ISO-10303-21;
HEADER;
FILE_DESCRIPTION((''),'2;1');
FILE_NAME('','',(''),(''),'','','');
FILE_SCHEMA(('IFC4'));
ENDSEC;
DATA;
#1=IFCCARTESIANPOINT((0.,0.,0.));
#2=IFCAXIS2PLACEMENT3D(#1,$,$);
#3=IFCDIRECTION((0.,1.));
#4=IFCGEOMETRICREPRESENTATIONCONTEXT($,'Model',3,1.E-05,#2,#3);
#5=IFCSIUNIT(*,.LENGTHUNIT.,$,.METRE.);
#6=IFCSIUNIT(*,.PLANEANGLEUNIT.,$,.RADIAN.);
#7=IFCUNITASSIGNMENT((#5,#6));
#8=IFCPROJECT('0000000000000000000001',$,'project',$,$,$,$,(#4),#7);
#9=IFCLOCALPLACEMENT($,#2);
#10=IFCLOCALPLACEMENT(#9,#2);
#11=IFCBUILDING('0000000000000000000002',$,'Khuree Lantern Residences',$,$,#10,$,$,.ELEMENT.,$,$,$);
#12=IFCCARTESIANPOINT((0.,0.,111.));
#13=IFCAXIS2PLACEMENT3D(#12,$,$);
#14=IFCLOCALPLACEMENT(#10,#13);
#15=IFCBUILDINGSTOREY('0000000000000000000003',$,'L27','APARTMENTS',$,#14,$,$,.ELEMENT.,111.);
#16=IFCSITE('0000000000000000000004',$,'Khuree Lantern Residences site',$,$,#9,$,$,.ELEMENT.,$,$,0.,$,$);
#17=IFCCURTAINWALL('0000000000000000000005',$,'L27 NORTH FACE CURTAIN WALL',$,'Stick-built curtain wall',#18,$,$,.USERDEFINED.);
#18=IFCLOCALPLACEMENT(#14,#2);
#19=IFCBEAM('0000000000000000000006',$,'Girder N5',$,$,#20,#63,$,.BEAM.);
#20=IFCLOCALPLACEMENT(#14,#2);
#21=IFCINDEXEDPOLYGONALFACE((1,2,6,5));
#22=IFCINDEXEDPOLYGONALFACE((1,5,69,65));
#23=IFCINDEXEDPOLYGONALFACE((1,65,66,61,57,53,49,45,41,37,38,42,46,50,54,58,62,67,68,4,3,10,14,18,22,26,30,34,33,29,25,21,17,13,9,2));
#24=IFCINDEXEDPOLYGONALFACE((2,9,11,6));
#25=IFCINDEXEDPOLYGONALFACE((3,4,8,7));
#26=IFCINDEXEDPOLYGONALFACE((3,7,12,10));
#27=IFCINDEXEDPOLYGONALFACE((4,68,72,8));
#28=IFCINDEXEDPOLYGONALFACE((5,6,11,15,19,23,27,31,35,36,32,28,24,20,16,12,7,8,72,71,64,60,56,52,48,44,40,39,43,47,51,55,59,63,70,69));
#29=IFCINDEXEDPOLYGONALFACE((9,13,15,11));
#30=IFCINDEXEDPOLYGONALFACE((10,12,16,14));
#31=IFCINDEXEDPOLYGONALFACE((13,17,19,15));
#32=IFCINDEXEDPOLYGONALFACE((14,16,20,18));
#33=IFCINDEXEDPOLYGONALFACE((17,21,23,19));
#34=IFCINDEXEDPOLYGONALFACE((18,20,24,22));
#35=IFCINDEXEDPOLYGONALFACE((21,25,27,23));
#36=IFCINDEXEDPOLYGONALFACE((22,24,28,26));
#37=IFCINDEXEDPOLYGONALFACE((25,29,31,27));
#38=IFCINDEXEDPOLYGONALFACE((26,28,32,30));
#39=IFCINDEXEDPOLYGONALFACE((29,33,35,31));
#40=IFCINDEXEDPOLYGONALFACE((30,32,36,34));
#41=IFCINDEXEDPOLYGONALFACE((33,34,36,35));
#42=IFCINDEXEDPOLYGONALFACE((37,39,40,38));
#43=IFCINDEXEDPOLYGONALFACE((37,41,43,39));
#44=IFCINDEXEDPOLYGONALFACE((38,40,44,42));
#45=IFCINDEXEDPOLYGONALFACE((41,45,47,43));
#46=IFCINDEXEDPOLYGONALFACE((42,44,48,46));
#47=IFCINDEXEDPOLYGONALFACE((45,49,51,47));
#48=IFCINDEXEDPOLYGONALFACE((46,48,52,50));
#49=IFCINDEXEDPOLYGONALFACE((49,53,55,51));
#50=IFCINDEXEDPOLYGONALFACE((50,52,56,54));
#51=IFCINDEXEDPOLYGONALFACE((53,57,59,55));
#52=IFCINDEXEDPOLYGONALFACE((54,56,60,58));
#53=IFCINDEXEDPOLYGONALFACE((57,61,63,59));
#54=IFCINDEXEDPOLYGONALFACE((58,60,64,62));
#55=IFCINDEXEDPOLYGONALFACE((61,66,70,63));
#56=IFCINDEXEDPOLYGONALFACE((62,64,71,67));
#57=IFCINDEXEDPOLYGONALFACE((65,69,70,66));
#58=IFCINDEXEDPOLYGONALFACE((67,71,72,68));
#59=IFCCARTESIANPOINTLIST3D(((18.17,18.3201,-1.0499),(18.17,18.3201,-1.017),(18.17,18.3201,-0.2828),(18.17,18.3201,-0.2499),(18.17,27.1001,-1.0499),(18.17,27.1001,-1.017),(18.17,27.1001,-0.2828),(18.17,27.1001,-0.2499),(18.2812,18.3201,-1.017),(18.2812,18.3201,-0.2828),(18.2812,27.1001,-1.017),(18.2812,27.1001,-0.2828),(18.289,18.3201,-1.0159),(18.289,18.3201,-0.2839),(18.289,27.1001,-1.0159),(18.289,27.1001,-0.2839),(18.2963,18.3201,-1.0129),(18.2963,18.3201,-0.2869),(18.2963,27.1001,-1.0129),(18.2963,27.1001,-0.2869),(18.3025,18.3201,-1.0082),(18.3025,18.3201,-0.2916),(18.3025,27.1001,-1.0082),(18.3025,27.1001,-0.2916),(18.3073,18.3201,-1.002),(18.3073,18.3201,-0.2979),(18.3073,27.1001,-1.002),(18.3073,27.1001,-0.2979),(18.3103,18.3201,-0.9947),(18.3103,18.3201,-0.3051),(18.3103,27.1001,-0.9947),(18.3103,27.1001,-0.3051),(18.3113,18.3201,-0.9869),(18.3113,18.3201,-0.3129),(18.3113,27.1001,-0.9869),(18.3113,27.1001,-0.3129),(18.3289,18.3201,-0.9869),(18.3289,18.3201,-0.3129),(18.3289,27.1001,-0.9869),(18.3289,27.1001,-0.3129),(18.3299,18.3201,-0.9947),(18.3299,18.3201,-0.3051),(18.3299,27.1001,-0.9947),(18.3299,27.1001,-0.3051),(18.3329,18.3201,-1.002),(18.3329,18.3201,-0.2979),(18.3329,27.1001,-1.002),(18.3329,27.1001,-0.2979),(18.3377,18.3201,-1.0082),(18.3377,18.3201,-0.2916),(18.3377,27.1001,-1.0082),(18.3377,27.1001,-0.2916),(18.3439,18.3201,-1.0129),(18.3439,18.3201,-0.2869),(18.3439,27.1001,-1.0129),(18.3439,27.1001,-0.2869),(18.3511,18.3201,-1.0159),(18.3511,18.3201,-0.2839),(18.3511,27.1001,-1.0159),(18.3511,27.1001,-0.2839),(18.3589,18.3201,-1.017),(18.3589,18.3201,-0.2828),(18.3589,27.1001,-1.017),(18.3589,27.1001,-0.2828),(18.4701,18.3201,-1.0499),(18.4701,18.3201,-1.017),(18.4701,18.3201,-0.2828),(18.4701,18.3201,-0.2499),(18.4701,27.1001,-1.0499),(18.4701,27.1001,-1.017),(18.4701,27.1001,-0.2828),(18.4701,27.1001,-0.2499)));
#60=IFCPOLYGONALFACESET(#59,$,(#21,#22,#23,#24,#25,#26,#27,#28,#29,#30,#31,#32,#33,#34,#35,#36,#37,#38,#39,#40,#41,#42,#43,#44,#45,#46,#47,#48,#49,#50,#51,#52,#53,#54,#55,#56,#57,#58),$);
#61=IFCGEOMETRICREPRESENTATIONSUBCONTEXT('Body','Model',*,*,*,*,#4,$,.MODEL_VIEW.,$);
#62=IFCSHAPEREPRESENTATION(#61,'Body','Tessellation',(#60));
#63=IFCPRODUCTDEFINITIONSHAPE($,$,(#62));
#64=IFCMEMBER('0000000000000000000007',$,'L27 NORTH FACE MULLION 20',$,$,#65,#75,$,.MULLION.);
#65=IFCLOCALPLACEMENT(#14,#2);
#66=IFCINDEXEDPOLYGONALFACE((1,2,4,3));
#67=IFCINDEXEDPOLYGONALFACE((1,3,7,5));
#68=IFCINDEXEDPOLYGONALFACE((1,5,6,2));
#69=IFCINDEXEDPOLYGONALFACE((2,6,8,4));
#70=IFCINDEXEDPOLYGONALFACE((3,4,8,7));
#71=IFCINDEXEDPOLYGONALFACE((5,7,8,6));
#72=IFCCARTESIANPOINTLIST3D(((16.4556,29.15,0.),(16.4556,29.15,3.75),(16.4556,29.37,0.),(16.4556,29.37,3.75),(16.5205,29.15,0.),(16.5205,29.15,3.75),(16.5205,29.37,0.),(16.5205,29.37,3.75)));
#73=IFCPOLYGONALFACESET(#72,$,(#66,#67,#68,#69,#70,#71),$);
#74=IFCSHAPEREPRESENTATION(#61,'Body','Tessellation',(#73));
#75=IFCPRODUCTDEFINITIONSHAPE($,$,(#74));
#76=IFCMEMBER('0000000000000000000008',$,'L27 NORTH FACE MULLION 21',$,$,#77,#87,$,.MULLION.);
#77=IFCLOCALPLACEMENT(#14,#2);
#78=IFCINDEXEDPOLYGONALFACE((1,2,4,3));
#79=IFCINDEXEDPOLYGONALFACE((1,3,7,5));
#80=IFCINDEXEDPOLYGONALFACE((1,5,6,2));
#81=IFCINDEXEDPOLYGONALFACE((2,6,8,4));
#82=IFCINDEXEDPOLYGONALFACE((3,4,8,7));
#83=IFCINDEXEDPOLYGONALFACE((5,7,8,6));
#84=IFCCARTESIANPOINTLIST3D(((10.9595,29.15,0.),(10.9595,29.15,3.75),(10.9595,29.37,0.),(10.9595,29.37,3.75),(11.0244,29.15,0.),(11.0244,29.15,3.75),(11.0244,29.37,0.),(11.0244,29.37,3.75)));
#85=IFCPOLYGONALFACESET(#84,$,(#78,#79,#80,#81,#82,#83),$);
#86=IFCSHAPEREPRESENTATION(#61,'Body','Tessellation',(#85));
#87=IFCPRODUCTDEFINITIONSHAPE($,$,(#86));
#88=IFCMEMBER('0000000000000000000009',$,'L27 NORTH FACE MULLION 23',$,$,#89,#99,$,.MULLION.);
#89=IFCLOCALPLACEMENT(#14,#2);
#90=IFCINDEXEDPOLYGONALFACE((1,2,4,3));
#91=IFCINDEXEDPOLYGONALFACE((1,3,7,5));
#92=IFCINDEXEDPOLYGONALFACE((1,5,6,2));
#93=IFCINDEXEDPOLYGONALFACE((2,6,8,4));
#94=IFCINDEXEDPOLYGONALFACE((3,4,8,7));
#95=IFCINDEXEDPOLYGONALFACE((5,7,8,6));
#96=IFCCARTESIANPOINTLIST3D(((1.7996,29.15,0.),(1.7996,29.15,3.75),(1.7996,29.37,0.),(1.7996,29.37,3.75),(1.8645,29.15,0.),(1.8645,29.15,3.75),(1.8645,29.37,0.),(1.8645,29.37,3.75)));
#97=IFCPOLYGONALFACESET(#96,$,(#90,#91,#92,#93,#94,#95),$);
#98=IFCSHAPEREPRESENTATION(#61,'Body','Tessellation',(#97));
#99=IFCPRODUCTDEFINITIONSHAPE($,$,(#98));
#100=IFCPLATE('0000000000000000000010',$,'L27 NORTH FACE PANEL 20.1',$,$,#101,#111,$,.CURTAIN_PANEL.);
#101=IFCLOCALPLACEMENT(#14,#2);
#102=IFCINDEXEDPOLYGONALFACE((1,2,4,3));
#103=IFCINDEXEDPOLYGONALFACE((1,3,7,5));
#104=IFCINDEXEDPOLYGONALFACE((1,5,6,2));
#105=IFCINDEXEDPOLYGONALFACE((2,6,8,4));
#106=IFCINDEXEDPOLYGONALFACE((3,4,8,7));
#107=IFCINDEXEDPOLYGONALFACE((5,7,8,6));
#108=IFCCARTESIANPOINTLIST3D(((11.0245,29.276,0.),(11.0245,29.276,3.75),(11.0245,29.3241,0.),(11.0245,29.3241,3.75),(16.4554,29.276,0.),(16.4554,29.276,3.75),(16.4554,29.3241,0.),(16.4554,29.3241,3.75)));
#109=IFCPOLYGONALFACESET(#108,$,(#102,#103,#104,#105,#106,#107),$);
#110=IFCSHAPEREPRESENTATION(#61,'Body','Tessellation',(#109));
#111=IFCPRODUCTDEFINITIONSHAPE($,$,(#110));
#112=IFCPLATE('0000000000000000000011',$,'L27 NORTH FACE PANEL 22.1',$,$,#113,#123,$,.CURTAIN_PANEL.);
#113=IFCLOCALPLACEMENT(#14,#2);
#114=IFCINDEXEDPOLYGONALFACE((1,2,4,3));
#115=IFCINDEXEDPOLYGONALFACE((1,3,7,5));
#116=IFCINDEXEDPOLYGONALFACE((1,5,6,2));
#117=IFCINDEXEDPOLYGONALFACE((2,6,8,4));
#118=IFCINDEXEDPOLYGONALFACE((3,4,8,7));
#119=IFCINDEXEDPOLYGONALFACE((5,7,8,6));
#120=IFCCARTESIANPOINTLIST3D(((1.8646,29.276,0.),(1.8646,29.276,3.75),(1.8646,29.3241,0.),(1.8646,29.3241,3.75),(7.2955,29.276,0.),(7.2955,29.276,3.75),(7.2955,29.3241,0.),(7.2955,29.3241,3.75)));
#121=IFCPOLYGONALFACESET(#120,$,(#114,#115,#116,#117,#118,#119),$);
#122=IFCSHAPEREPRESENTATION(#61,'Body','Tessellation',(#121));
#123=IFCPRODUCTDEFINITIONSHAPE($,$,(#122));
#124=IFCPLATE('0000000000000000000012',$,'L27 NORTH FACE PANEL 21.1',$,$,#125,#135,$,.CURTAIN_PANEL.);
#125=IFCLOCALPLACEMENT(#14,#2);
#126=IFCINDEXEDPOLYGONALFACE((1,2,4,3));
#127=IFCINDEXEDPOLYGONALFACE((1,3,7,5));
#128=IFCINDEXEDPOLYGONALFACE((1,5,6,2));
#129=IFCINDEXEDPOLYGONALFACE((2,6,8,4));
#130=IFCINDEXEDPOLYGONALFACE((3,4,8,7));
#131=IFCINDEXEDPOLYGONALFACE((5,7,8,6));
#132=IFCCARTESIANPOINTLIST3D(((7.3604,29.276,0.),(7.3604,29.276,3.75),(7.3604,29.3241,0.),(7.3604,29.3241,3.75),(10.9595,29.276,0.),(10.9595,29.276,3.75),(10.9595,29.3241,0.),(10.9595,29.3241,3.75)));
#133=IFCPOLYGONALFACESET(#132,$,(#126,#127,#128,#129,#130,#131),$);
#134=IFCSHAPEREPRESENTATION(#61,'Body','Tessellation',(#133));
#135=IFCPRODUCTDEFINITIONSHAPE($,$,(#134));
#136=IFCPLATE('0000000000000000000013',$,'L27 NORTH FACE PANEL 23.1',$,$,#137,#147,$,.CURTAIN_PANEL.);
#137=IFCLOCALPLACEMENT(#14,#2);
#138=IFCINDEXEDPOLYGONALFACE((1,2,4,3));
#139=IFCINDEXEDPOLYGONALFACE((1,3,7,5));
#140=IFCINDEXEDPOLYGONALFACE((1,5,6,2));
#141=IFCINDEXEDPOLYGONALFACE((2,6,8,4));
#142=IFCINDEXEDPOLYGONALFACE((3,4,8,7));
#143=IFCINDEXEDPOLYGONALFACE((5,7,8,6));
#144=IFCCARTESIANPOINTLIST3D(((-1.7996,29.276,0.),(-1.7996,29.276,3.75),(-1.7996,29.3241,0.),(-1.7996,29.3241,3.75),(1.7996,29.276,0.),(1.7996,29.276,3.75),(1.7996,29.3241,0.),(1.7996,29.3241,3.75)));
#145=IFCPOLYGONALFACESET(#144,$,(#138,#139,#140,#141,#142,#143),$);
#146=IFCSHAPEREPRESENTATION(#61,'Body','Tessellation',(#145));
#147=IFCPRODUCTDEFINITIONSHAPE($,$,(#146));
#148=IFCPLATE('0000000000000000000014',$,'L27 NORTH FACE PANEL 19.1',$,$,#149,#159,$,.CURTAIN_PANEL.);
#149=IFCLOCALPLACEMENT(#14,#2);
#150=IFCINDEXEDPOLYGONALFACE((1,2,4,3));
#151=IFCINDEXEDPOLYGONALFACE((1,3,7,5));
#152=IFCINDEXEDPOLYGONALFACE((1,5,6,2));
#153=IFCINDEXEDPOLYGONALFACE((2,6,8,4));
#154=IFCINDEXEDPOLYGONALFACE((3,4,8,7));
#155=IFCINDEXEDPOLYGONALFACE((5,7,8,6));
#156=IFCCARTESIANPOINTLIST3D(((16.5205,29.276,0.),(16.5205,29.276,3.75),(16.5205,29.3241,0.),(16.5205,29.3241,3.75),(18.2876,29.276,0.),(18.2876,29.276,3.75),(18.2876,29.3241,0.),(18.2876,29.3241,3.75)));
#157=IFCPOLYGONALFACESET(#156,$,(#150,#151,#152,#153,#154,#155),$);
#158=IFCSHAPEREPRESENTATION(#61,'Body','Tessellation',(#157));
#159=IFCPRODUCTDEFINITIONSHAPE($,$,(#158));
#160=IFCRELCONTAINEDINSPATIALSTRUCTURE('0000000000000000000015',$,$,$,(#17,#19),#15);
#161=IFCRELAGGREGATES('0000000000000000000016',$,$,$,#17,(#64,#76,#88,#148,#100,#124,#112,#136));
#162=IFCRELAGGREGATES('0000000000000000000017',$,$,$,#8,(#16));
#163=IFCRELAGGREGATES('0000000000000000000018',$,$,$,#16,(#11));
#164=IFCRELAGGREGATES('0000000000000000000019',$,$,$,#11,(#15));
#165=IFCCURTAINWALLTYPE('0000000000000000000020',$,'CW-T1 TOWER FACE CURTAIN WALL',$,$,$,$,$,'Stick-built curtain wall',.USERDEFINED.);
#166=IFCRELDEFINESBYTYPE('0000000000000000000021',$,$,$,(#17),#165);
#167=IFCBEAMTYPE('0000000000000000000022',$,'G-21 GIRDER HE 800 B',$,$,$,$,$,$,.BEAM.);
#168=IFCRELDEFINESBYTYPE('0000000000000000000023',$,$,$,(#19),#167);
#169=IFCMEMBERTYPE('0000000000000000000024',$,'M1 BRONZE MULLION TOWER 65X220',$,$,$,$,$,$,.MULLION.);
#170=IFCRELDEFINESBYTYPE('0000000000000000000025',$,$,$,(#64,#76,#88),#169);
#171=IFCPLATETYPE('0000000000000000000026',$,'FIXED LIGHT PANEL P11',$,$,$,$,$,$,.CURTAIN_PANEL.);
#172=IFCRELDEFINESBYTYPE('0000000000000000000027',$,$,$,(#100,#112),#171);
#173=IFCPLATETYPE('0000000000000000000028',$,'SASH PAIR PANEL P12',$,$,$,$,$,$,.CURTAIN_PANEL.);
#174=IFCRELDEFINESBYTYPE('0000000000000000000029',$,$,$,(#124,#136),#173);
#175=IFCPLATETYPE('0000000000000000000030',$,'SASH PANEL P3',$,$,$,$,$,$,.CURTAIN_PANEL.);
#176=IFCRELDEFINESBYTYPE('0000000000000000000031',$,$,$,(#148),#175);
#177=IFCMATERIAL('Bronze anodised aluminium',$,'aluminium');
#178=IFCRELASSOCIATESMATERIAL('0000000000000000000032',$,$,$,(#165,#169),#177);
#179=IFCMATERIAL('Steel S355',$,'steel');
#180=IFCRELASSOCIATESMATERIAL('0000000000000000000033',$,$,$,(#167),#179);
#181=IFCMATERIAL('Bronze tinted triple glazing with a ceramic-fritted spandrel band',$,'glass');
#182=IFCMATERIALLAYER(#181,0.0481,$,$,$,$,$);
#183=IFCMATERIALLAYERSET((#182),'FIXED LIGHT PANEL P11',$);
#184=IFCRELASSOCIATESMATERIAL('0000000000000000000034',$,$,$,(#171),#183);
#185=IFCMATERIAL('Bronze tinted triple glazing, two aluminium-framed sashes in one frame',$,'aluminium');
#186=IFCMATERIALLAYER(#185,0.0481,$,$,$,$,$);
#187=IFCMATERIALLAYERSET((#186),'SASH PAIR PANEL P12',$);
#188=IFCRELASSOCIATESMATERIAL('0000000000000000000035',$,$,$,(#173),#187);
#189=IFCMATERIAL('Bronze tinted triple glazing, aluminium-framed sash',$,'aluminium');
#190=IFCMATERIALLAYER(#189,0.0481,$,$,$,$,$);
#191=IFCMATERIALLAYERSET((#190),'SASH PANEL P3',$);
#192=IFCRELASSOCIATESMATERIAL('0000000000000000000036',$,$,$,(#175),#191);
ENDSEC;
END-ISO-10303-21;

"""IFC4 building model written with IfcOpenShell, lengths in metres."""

from ifc_helpers import new_model, si_unit, direction, frame, origin, origin_2d, place, context, subcontext, project, spatial, rectangle, i_section, extrude, material, layer, layer_set, material_profile, profile_set, type_object, element, aggregate, save


model = new_model("IFC4")

# Units and contexts
model_context = context("Model", 3, precision=1e-05, world=origin(), true_north=direction((0.0, 1.0)))
body_context = subcontext(model_context, "Body", "Model", "MODEL_VIEW")
ifc_project = project(units=[si_unit("LENGTHUNIT", "METRE"), si_unit("PLANEANGLEUNIT", "RADIAN")], contexts=[model_context])

# Site, building, storey
site_placement = place(None, origin())
site = spatial("IfcSite", under=ifc_project, at=site_placement, Name="Khuree Lantern Residences site", CompositionType="ELEMENT", RefElevation=0.0)
building_placement = place(site_placement, origin())
building = spatial("IfcBuilding", under=site, at=building_placement, Name="Khuree Lantern Residences", CompositionType="ELEMENT")
storey_placement = place(building_placement, frame((0.0, 0.0, 111.0)))
storey = spatial("IfcBuildingStorey", under=building, at=storey_placement, Name="L27", Description="APARTMENTS", CompositionType="ELEMENT", Elevation=111.0)

# Shared definitions
ifc_material_1 = material(Name="Steel S355", Category="steel")

# Curtain wall
ifc_material_2 = material(Name="Bronze anodised aluminium", Category="aluminium")
curtain_wall_type = type_object("IfcCurtainWallType", Name="CW-T1 TOWER FACE CURTAIN WALL", ElementType="Stick-built curtain wall", PredefinedType="USERDEFINED", material=ifc_material_2)
curtain_wall_placement = place(storey_placement, origin())
curtain_wall = element("IfcCurtainWall", 1, at=curtain_wall_placement, inside=storey, type_object=curtain_wall_type, Name="L27 NORTH FACE CURTAIN WALL", ObjectType="Stick-built curtain wall", PredefinedType="USERDEFINED")

# Beam
ifc_material_profile_1 = material_profile(ifc_material_1, i_section(OverallWidth=0.3, OverallDepth=0.8, WebThickness=0.0176, FlangeThickness=0.033, FilletRadius=0.03, at=origin_2d()), Name="HE 800 B")
ifc_profile_set_1 = profile_set([ifc_material_profile_1], Name="Steel S355")
beam_type_1 = type_object("IfcBeamType", Name="G-21 GIRDER HE 800 B", PredefinedType="BEAM", material=ifc_profile_set_1)
beam_1_placement = place(storey_placement, frame((18.3201, 27.1001, -0.6499), z_axis=(0.0, -1.0, 0.0), x_axis=(1.0, 0.0, 0.0)))
element("IfcBeam", 2, at=beam_1_placement, inside=storey, type_object=beam_type_1, Name="Girder N5", PredefinedType="BEAM", context=body_context, shape_type="SweptSolid", body=[
    extrude(i_section(OverallWidth=0.3, OverallDepth=0.8, WebThickness=0.0176, FlangeThickness=0.033, FilletRadius=0.03, at=origin_2d()), origin(), (0.0, 0.0, 1.0), 8.78),
])

# Members
ifc_material_profile_2 = material_profile(ifc_material_2, rectangle(XDim=0.0649, YDim=0.22, at=origin_2d()), Name="M1 65X220")
ifc_profile_set_2 = profile_set([ifc_material_profile_2], Name="Bronze anodised aluminium")
member_type_1 = type_object("IfcMemberType", Name="M1 BRONZE MULLION TOWER 65X220", PredefinedType="MULLION", material=ifc_profile_set_2)
member_1_placement = place(storey_placement, frame((16.488, 29.26, 0.0), z_axis=(0.0, 0.0, 1.0), x_axis=(-1.0, 0.0, 0.0)))
member_1 = element("IfcMember", 3, at=member_1_placement, type_object=member_type_1, Name="L27 NORTH FACE MULLION 20", PredefinedType="MULLION", context=body_context, shape_type="SweptSolid", body=[
    extrude(rectangle(XDim=0.0649, YDim=0.22, at=origin_2d()), origin(), (0.0, 0.0, 1.0), 3.75),
])
member_2_placement = place(storey_placement, frame((10.9919, 29.26, 0.0), z_axis=(0.0, 0.0, 1.0), x_axis=(-1.0, 0.0, 0.0)))
member_2 = element("IfcMember", 4, at=member_2_placement, type_object=member_type_1, Name="L27 NORTH FACE MULLION 21", PredefinedType="MULLION", context=body_context, shape_type="SweptSolid", body=[
    extrude(rectangle(XDim=0.0649, YDim=0.22, at=origin_2d()), origin(), (0.0, 0.0, 1.0), 3.75),
])
member_3_placement = place(storey_placement, frame((1.832, 29.26, 0.0), z_axis=(0.0, 0.0, 1.0), x_axis=(-1.0, 0.0, 0.0)))
member_3 = element("IfcMember", 5, at=member_3_placement, type_object=member_type_1, Name="L27 NORTH FACE MULLION 23", PredefinedType="MULLION", context=body_context, shape_type="SweptSolid", body=[
    extrude(rectangle(XDim=0.0649, YDim=0.22, at=origin_2d()), origin(), (0.0, 0.0, 1.0), 3.75),
])

# Plates
ifc_material_3 = material(Name="Bronze tinted triple glazing with a ceramic-fritted spandrel band", Category="glass")
ifc_layer_1 = layer(ifc_material_3, 0.0481)
ifc_layer_set_1 = layer_set([ifc_layer_1], Name="FIXED LIGHT PANEL P11")
plate_type_1 = type_object("IfcPlateType", Name="FIXED LIGHT PANEL P11", PredefinedType="CURTAIN_PANEL", material=ifc_layer_set_1)
plate_1_placement = place(storey_placement, frame((13.74, 29.3, 0.0), z_axis=(0.0, 0.0, 1.0), x_axis=(-1.0, 0.0, 0.0)))
plate_1 = element("IfcPlate", 6, at=plate_1_placement, type_object=plate_type_1, Name="L27 NORTH FACE PANEL 20.1", PredefinedType="CURTAIN_PANEL", context=body_context, shape_type="SweptSolid", body=[
    extrude(rectangle(XDim=5.4309, YDim=0.0481, at=origin_2d()), origin(), (0.0, 0.0, 1.0), 3.75),
])
plate_2_placement = place(storey_placement, frame((4.5801, 29.3, 0.0), z_axis=(0.0, 0.0, 1.0), x_axis=(-1.0, 0.0, 0.0)))
plate_2 = element("IfcPlate", 7, at=plate_2_placement, type_object=plate_type_1, Name="L27 NORTH FACE PANEL 22.1", PredefinedType="CURTAIN_PANEL", context=body_context, shape_type="SweptSolid", body=[
    extrude(rectangle(XDim=5.4309, YDim=0.0481, at=origin_2d()), origin(), (0.0, 0.0, 1.0), 3.75),
])
ifc_material_4 = material(Name="Bronze tinted triple glazing, two aluminium-framed sashes in one frame", Category="aluminium")
ifc_layer_2 = layer(ifc_material_4, 0.0481)
ifc_layer_set_2 = layer_set([ifc_layer_2], Name="SASH PAIR PANEL P12")
plate_type_2 = type_object("IfcPlateType", Name="SASH PAIR PANEL P12", PredefinedType="CURTAIN_PANEL", material=ifc_layer_set_2)
plate_3_placement = place(storey_placement, frame((9.1599, 29.3, 0.0), z_axis=(0.0, 0.0, 1.0), x_axis=(-1.0, 0.0, 0.0)))
plate_3 = element("IfcPlate", 8, at=plate_3_placement, type_object=plate_type_2, Name="L27 NORTH FACE PANEL 21.1", PredefinedType="CURTAIN_PANEL", context=body_context, shape_type="SweptSolid", body=[
    extrude(rectangle(XDim=3.5991, YDim=0.0481, at=origin_2d()), origin(), (0.0, 0.0, 1.0), 3.75),
])
plate_4_placement = place(storey_placement, frame((0.0, 29.3, 0.0), z_axis=(0.0, 0.0, 1.0), x_axis=(-1.0, 0.0, 0.0)))
plate_4 = element("IfcPlate", 9, at=plate_4_placement, type_object=plate_type_2, Name="L27 NORTH FACE PANEL 23.1", PredefinedType="CURTAIN_PANEL", context=body_context, shape_type="SweptSolid", body=[
    extrude(rectangle(XDim=3.5991, YDim=0.0481, at=origin_2d()), origin(), (0.0, 0.0, 1.0), 3.75),
])
ifc_material_5 = material(Name="Bronze tinted triple glazing, aluminium-framed sash", Category="aluminium")
ifc_layer_3 = layer(ifc_material_5, 0.0481)
ifc_layer_set_3 = layer_set([ifc_layer_3], Name="SASH PANEL P3")
plate_type_3 = type_object("IfcPlateType", Name="SASH PANEL P3", PredefinedType="CURTAIN_PANEL", material=ifc_layer_set_3)
plate_5_placement = place(storey_placement, frame((17.4041, 29.3, 0.0), z_axis=(0.0, 0.0, 1.0), x_axis=(-1.0, 0.0, 0.0)))
plate_5 = element("IfcPlate", 10, at=plate_5_placement, type_object=plate_type_3, Name="L27 NORTH FACE PANEL 19.1", PredefinedType="CURTAIN_PANEL", context=body_context, shape_type="SweptSolid", body=[
    extrude(rectangle(XDim=1.7671, YDim=0.0481, at=origin_2d()), origin(), (0.0, 0.0, 1.0), 3.75),
])
aggregate(curtain_wall, [member_1, member_2, member_3, plate_5, plate_1, plate_3, plate_2, plate_4])

save(model, "model.ifc")
